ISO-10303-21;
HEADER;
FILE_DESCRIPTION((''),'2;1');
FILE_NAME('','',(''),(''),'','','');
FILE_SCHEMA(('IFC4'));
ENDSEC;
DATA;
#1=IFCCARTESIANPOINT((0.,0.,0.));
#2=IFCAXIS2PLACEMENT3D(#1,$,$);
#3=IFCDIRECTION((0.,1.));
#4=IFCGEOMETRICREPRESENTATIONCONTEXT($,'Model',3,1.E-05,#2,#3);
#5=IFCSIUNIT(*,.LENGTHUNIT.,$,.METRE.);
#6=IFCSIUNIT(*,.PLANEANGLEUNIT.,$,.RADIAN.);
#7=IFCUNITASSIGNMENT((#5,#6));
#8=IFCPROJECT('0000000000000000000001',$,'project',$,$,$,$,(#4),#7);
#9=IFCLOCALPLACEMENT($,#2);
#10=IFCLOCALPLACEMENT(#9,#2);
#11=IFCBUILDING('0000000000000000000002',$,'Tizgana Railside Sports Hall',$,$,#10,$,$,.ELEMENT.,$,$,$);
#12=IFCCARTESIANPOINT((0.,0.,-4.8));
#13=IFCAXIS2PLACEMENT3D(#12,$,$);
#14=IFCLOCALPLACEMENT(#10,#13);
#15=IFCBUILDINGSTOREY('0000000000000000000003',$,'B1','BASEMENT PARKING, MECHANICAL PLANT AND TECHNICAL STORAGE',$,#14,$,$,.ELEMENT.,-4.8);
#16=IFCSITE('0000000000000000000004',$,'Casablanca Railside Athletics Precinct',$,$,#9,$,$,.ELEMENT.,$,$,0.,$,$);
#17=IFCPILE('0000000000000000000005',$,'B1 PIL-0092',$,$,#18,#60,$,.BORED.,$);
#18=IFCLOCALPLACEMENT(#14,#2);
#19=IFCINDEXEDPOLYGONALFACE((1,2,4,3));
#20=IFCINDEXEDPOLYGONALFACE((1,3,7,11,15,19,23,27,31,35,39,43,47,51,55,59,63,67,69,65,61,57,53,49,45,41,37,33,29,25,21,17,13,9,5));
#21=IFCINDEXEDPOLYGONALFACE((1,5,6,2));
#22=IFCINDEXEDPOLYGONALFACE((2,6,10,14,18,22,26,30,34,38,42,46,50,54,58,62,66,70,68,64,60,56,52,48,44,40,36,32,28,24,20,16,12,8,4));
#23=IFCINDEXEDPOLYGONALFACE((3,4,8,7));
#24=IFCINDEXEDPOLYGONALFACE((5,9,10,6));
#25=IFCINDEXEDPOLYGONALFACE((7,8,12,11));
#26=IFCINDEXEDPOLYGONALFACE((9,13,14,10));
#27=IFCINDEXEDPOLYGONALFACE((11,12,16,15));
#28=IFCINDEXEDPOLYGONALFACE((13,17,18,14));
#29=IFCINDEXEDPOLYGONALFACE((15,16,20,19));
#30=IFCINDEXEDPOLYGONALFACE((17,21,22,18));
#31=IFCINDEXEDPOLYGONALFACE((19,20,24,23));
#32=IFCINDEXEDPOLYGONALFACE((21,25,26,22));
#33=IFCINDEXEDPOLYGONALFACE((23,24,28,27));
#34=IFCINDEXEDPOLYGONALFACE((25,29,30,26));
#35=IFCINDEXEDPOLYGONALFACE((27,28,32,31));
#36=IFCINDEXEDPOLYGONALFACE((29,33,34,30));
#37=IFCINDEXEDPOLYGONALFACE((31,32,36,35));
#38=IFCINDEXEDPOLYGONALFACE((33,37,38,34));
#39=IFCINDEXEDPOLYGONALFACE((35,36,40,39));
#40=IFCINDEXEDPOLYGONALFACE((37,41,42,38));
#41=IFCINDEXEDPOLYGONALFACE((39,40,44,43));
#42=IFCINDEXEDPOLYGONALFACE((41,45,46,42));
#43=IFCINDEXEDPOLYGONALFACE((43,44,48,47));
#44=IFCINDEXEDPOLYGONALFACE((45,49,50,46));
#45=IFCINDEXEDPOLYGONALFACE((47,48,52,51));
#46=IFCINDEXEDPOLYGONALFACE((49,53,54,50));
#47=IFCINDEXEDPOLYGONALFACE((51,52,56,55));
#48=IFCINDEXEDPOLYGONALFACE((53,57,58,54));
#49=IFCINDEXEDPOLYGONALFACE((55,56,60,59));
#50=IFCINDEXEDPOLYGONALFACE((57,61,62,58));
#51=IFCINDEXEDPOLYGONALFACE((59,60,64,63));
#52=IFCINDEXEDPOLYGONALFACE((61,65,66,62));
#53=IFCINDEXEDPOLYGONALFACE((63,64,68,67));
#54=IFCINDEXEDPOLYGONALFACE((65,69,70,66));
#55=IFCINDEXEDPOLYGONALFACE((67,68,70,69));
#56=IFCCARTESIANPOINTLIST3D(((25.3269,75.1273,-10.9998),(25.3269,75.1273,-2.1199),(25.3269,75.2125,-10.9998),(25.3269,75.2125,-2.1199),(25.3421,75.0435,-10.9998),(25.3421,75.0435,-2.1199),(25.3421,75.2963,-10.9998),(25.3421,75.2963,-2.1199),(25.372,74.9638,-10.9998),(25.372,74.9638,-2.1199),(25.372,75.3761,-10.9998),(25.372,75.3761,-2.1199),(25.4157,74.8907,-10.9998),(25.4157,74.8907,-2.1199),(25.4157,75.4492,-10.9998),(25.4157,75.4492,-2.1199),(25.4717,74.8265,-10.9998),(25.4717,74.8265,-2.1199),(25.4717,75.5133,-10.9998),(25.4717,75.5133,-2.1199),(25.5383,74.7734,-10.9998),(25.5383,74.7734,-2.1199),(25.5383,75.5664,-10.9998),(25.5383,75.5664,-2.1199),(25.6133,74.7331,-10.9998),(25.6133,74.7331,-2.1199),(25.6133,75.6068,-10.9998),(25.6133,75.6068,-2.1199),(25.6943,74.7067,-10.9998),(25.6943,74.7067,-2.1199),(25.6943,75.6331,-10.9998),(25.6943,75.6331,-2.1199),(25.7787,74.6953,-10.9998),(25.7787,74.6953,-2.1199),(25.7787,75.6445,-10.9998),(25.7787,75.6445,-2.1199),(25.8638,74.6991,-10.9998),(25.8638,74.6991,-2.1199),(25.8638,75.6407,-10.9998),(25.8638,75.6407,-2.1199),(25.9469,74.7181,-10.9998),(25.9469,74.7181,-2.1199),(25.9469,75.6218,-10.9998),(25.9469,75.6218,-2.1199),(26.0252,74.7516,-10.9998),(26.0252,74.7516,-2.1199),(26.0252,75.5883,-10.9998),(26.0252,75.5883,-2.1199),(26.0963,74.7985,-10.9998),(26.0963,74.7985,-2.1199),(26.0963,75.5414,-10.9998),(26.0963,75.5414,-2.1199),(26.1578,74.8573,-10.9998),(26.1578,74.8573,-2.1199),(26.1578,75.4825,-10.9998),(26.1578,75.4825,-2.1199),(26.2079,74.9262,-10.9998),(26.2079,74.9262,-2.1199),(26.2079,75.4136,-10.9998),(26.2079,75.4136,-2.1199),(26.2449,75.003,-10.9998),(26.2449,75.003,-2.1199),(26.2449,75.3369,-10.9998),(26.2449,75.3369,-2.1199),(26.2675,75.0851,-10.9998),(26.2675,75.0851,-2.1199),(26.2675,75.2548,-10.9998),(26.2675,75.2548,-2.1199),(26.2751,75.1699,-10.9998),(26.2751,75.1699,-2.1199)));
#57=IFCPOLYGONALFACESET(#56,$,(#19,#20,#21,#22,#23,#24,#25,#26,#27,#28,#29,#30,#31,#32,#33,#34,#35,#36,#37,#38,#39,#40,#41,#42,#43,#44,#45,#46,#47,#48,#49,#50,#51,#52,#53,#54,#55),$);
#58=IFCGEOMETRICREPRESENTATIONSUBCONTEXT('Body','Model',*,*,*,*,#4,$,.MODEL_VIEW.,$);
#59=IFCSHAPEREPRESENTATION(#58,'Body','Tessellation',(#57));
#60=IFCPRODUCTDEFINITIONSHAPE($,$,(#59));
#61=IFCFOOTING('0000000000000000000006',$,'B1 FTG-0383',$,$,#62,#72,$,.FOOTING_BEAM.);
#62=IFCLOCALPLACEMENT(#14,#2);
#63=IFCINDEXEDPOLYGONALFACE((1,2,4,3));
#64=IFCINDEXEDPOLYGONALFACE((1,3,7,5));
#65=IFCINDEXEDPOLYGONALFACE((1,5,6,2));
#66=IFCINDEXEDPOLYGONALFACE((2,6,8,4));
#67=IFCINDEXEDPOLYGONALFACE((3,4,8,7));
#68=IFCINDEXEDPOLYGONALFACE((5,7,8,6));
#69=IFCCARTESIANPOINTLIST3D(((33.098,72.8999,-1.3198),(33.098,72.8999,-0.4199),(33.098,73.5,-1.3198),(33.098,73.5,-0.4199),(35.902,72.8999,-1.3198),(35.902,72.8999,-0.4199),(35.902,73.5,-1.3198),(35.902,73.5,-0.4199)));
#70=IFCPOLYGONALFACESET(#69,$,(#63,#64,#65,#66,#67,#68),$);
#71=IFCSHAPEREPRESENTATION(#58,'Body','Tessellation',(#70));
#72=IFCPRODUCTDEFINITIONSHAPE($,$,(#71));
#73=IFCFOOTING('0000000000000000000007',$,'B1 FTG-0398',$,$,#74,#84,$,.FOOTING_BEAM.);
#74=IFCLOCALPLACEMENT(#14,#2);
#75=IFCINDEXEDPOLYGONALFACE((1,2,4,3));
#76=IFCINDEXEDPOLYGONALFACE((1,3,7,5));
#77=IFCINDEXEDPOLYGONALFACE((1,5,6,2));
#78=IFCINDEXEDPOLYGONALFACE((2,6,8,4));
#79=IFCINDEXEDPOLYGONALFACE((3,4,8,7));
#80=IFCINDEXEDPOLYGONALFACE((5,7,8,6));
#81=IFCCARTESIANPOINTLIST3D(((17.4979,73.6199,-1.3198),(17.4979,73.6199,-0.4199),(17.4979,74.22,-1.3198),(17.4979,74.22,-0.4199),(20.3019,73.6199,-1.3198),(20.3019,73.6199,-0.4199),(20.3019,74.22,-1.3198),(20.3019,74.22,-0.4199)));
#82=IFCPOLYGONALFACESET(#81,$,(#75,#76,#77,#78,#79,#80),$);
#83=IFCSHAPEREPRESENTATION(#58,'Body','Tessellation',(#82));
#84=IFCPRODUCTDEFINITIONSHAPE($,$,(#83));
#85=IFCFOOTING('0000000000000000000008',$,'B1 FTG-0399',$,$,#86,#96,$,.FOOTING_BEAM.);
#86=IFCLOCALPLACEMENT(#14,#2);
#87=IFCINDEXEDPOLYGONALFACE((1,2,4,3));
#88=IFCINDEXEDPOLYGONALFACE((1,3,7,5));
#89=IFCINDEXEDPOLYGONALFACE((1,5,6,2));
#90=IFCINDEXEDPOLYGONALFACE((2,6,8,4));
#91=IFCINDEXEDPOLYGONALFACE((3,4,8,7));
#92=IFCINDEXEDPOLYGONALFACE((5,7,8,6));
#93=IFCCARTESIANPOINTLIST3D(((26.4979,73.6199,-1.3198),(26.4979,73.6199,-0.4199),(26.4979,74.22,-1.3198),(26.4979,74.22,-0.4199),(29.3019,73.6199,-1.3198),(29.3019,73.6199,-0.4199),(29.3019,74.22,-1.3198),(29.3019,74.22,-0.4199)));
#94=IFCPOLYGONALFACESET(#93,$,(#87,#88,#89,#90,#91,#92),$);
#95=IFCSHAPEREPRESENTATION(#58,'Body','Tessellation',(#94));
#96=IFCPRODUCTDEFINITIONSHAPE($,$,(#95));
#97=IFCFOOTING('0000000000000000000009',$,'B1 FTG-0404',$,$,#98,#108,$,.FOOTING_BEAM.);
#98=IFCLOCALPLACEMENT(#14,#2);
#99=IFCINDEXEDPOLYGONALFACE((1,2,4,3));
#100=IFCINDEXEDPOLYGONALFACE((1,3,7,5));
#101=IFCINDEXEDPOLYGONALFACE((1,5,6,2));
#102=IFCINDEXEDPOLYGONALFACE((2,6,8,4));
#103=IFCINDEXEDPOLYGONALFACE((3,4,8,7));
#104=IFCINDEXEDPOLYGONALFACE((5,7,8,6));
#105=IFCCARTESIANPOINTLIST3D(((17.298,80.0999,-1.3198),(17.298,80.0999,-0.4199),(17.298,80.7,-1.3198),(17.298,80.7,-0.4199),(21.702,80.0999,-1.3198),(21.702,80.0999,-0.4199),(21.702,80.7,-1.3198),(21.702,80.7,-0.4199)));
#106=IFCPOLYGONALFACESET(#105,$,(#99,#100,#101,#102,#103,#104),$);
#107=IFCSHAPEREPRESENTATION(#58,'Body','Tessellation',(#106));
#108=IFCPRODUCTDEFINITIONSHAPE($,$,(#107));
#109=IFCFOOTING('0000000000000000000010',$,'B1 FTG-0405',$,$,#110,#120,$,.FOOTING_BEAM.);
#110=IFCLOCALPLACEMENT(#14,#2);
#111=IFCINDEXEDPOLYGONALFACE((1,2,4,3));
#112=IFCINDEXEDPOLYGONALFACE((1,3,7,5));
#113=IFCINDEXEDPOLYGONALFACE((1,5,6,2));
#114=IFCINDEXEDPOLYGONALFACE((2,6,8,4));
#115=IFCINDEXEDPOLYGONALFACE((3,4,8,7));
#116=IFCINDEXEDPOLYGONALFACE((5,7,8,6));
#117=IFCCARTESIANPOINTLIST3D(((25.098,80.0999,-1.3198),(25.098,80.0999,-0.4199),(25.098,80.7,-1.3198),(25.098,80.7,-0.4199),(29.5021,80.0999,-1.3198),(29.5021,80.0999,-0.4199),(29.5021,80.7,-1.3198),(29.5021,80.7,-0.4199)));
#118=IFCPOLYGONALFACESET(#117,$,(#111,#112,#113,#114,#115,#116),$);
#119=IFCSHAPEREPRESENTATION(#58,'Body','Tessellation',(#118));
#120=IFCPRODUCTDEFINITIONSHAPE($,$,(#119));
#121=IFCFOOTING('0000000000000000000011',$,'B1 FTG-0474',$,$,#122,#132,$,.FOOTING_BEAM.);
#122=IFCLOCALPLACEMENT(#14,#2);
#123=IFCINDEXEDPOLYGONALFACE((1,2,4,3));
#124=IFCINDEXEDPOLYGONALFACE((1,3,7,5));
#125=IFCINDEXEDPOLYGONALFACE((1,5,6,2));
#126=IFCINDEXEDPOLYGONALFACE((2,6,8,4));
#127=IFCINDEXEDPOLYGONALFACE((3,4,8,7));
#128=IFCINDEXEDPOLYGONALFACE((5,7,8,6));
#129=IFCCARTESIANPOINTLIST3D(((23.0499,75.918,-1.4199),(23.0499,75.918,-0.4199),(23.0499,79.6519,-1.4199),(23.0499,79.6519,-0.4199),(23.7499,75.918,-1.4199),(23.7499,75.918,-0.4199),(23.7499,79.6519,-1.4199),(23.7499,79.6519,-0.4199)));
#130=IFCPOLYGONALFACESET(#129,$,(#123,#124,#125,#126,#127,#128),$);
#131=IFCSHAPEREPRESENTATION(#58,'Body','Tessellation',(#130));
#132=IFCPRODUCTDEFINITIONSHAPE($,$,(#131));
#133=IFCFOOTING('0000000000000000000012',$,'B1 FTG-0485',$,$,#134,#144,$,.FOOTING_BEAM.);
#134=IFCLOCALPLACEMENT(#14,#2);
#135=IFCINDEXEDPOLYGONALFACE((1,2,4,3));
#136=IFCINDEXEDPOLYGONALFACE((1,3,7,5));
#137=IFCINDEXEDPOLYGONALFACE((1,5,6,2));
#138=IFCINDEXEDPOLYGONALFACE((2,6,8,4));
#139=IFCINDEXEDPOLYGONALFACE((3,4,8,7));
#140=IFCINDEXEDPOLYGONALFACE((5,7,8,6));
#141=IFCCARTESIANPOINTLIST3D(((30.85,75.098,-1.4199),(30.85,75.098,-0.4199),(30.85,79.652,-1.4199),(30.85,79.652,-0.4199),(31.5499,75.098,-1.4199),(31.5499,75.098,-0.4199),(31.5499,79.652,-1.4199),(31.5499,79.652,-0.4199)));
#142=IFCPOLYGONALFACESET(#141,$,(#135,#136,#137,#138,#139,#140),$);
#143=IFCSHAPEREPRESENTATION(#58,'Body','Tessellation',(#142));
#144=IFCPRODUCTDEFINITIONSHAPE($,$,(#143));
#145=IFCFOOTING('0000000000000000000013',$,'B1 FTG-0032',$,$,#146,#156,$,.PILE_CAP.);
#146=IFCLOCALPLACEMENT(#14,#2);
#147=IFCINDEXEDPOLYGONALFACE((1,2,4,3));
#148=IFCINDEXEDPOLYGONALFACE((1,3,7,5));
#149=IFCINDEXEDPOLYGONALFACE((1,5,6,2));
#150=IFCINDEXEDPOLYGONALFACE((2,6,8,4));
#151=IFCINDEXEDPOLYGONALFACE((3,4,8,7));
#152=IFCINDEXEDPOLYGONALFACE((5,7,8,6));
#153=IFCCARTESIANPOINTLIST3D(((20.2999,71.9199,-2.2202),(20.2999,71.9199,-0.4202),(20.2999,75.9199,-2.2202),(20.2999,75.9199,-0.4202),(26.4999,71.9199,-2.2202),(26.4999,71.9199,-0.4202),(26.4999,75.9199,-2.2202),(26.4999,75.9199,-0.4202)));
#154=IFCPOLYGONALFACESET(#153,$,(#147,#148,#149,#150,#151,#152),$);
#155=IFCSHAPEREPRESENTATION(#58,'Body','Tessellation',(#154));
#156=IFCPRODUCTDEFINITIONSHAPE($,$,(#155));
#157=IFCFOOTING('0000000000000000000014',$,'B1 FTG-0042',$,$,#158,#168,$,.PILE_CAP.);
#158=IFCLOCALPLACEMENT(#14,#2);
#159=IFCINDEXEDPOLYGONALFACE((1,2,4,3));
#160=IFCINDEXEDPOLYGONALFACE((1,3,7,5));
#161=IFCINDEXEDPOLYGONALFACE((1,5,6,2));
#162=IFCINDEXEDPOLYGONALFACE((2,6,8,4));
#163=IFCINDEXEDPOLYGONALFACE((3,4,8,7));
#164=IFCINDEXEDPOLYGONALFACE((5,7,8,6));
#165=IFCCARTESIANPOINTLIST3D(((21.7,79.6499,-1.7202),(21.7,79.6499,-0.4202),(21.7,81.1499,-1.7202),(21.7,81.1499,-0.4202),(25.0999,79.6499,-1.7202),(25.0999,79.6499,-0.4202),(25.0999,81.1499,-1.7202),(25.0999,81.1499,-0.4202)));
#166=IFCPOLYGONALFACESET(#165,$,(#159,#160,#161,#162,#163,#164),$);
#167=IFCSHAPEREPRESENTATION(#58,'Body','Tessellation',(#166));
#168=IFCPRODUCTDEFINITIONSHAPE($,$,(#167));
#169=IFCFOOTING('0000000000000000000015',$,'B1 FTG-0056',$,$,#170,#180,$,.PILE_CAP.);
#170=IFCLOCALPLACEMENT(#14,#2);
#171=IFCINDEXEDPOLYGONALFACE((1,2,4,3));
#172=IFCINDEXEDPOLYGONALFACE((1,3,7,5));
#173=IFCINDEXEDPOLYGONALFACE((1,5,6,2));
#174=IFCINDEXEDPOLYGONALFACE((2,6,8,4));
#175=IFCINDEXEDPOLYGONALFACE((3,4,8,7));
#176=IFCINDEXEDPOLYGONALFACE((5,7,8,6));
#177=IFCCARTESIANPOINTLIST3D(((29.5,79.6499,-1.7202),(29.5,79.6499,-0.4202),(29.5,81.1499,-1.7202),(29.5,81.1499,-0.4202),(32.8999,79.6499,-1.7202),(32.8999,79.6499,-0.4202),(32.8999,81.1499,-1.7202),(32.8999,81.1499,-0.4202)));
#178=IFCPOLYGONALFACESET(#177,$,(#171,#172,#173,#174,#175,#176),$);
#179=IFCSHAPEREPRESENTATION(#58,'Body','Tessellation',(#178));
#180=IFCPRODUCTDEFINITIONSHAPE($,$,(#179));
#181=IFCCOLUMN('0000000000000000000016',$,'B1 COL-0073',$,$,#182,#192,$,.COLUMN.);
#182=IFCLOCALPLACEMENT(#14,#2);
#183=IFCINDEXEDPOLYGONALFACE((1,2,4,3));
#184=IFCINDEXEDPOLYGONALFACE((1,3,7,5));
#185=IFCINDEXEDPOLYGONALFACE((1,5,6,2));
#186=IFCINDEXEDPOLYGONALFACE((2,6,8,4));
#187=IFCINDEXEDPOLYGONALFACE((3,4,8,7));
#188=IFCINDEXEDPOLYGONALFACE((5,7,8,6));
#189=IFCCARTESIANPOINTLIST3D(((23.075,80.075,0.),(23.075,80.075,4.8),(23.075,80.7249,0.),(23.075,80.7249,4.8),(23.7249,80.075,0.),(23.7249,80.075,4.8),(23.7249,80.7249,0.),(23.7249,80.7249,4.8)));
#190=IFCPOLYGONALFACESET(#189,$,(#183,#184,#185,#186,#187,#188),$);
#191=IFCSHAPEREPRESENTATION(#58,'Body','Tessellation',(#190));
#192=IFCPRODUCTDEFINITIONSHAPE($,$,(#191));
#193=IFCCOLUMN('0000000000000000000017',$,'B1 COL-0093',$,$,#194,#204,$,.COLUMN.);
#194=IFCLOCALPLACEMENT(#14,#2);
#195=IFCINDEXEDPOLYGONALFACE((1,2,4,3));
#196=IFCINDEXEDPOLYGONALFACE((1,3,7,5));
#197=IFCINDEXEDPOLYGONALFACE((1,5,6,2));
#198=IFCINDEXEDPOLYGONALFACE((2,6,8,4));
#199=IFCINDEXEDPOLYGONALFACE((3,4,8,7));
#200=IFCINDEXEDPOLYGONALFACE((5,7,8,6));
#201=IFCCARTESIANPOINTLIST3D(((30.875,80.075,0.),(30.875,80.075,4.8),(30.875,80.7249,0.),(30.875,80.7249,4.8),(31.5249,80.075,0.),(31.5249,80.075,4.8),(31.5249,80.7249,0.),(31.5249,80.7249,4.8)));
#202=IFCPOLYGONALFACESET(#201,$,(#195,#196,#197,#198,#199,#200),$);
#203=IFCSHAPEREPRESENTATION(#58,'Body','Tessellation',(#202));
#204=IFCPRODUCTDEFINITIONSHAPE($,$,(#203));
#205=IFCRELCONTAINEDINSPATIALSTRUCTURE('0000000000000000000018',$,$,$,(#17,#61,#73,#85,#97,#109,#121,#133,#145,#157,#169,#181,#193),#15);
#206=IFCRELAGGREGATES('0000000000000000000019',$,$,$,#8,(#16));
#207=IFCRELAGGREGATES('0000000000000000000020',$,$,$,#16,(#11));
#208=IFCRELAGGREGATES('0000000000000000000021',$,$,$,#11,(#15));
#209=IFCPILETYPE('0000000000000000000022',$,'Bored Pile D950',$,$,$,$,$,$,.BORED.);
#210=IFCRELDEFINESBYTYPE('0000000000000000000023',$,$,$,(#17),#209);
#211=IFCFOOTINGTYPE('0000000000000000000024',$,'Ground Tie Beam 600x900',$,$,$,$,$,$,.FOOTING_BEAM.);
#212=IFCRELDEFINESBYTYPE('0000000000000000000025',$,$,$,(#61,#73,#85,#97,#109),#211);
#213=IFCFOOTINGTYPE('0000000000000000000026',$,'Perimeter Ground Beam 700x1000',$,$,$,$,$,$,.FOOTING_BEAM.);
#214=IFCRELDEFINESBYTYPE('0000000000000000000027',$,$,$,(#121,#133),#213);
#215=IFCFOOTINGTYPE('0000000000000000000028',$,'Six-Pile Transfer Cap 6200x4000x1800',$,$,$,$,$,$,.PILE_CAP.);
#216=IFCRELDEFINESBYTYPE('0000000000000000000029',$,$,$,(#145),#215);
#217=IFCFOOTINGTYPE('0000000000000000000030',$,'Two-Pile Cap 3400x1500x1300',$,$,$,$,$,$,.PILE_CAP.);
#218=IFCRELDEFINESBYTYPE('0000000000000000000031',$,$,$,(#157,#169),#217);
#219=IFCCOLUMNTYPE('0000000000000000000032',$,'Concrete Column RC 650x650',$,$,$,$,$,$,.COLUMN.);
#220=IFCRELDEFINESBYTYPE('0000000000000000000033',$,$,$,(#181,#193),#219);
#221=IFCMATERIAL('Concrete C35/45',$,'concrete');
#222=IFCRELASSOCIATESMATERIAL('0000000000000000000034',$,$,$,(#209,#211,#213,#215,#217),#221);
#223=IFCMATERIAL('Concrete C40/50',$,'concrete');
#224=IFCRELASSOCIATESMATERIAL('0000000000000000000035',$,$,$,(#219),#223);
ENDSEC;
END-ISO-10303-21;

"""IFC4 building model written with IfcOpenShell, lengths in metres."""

from ifc_helpers import new_model, si_unit, direction, frame, origin, origin_2d, place, context, subcontext, project, spatial, rectangle, circle, extrude, material, material_profile, profile_set, type_object, element, save


model = new_model("IFC4")

# Units and contexts
model_context = context("Model", 3, precision=1e-05, world=origin(), true_north=direction((0.0, 1.0)))
body_context = subcontext(model_context, "Body", "Model", "MODEL_VIEW")
ifc_project = project(units=[si_unit("LENGTHUNIT", "METRE"), si_unit("PLANEANGLEUNIT", "RADIAN")], contexts=[model_context])

# Site, building, storey
site_placement = place(None, origin())
site = spatial("IfcSite", under=ifc_project, at=site_placement, Name="Casablanca Railside Athletics Precinct", CompositionType="ELEMENT", RefElevation=0.0)
building_placement = place(site_placement, origin())
building = spatial("IfcBuilding", under=site, at=building_placement, Name="Tizgana Railside Sports Hall", CompositionType="ELEMENT")
storey_placement = place(building_placement, frame((0.0, 0.0, -4.8)))
storey = spatial("IfcBuildingStorey", under=building, at=storey_placement, Name="B1", Description="BASEMENT PARKING, MECHANICAL PLANT AND TECHNICAL STORAGE", CompositionType="ELEMENT", Elevation=-4.8)

# Pile
ifc_material_1 = material(Name="Concrete C35/45", Category="concrete")
ifc_material_profile_1 = material_profile(ifc_material_1, circle(Radius=0.4751, at=origin_2d()), Name="PILE D950")
ifc_profile_set_1 = profile_set([ifc_material_profile_1], Name="Concrete C35/45")
pile_type_1 = type_object("IfcPileType", Name="Bored Pile D950", PredefinedType="BORED", material=ifc_profile_set_1)
for number, where, z_axis, x_axis, name in (
    (1, (25.8, 75.1699, -2.1199), (0.0, 0.0, -1.0), (1.0, 0.0, 0.0), "B1 PIL-0092"),
):
    element("IfcPile", number, at=place(storey_placement, frame(where, z_axis=z_axis, x_axis=x_axis)), inside=storey, type_object=pile_type_1, Name=name, PredefinedType="BORED", context=body_context, shape_type="SweptSolid", body=[
        extrude(circle(Radius=0.4751, at=origin_2d()), origin(), (0.0, 0.0, 1.0), 8.8799),
    ])

# Footings
footing_type_1 = type_object("IfcFootingType", Name="Ground Tie Beam 600x900", PredefinedType="FOOTING_BEAM", material=ifc_material_1)
for number, where, z_axis, x_axis, name in (
    (2, (34.5, 73.2, -1.3198), (0.0, 0.0, 1.0), (1.0, 0.0, 0.0), "B1 FTG-0383"),
    (3, (18.8999, 73.9199, -1.3198), (0.0, 0.0, 1.0), (1.0, 0.0, 0.0), "B1 FTG-0398"),
    (4, (27.8999, 73.9199, -1.3198), (0.0, 0.0, 1.0), (1.0, 0.0, 0.0), "B1 FTG-0399"),
):
    element("IfcFooting", number, at=place(storey_placement, frame(where, z_axis=z_axis, x_axis=x_axis)), inside=storey, type_object=footing_type_1, Name=name, PredefinedType="FOOTING_BEAM", context=body_context, shape_type="SweptSolid", body=[
        extrude(rectangle(XDim=2.804, YDim=0.6001, at=origin_2d()), origin(), (0.0, 0.0, 1.0), 0.8999),
    ])
for number, where, z_axis, x_axis, name in (
    (5, (19.5, 80.3999, -1.3198), (0.0, 0.0, 1.0), (1.0, 0.0, 0.0), "B1 FTG-0404"),
    (6, (27.3, 80.3999, -1.3198), (0.0, 0.0, 1.0), (1.0, 0.0, 0.0), "B1 FTG-0405"),
):
    element("IfcFooting", number, at=place(storey_placement, frame(where, z_axis=z_axis, x_axis=x_axis)), inside=storey, type_object=footing_type_1, Name=name, PredefinedType="FOOTING_BEAM", context=body_context, shape_type="SweptSolid", body=[
        extrude(rectangle(XDim=4.4041, YDim=0.6001, at=origin_2d()), origin(), (0.0, 0.0, 1.0), 0.8999),
    ])
footing_type_2 = type_object("IfcFootingType", Name="Perimeter Ground Beam 700x1000", PredefinedType="FOOTING_BEAM", material=ifc_material_1)
footing_1_placement = place(storey_placement, frame((23.3999, 77.7849, -1.4199), z_axis=(0.0, 0.0, 1.0), x_axis=(0.0, 1.0, 0.0)))
element("IfcFooting", 7, at=footing_1_placement, inside=storey, type_object=footing_type_2, Name="B1 FTG-0474", PredefinedType="FOOTING_BEAM", context=body_context, shape_type="SweptSolid", body=[
    extrude(rectangle(XDim=3.7339, YDim=0.7, at=origin_2d()), origin(), (0.0, 0.0, 1.0), 1.0),
])
footing_2_placement = place(storey_placement, frame((31.2, 77.375, -1.4199), z_axis=(0.0, 0.0, 1.0), x_axis=(0.0, 1.0, 0.0)))
element("IfcFooting", 8, at=footing_2_placement, inside=storey, type_object=footing_type_2, Name="B1 FTG-0485", PredefinedType="FOOTING_BEAM", context=body_context, shape_type="SweptSolid", body=[
    extrude(rectangle(XDim=4.554, YDim=0.7, at=origin_2d()), origin(), (0.0, 0.0, 1.0), 1.0),
])
footing_type_3 = type_object("IfcFootingType", Name="Six-Pile Transfer Cap 6200x4000x1800", PredefinedType="PILE_CAP", material=ifc_material_1)
footing_3_placement = place(storey_placement, frame((23.3999, 73.9199, -2.2202), z_axis=(0.0, 0.0, 1.0), x_axis=(1.0, 0.0, 0.0)))
element("IfcFooting", 9, at=footing_3_placement, inside=storey, type_object=footing_type_3, Name="B1 FTG-0032", PredefinedType="PILE_CAP", context=body_context, shape_type="SweptSolid", body=[
    extrude(rectangle(XDim=6.2, YDim=4.0, at=origin_2d()), origin(), (0.0, 0.0, 1.0), 1.8),
])
footing_type_4 = type_object("IfcFootingType", Name="Two-Pile Cap 3400x1500x1300", PredefinedType="PILE_CAP", material=ifc_material_1)
for number, where, z_axis, x_axis, name in (
    (10, (23.3999, 80.3999, -1.7202), (0.0, 0.0, 1.0), (1.0, 0.0, 0.0), "B1 FTG-0042"),
    (11, (31.2, 80.3999, -1.7202), (0.0, 0.0, 1.0), (1.0, 0.0, 0.0), "B1 FTG-0056"),
):
    element("IfcFooting", number, at=place(storey_placement, frame(where, z_axis=z_axis, x_axis=x_axis)), inside=storey, type_object=footing_type_4, Name=name, PredefinedType="PILE_CAP", context=body_context, shape_type="SweptSolid", body=[
        extrude(rectangle(XDim=3.3999, YDim=1.5, at=origin_2d()), origin(), (0.0, 0.0, 1.0), 1.3),
    ])

# Columns
ifc_material_2 = material(Name="Concrete C40/50", Category="concrete")
ifc_material_profile_2 = material_profile(ifc_material_2, rectangle(XDim=0.6499, YDim=0.6499, at=origin_2d()), Name="RC 650x650")
ifc_profile_set_2 = profile_set([ifc_material_profile_2], Name="Concrete C40/50")
column_type_1 = type_object("IfcColumnType", Name="Concrete Column RC 650x650", PredefinedType="COLUMN", material=ifc_profile_set_2)
for number, where, z_axis, x_axis, name in (
    (12, (23.3999, 80.3999, 0.0), (0.0, 0.0, 1.0), (1.0, 0.0, 0.0), "B1 COL-0073"),
    (13, (31.2, 80.3999, 0.0), (0.0, 0.0, 1.0), (1.0, 0.0, 0.0), "B1 COL-0093"),
):
    element("IfcColumn", number, at=place(storey_placement, frame(where, z_axis=z_axis, x_axis=x_axis)), inside=storey, type_object=column_type_1, Name=name, PredefinedType="COLUMN", context=body_context, shape_type="SweptSolid", body=[
        extrude(rectangle(XDim=0.6499, YDim=0.6499, at=origin_2d()), origin(), (0.0, 0.0, 1.0), 4.8),
    ])

save(model, "model.ifc")
